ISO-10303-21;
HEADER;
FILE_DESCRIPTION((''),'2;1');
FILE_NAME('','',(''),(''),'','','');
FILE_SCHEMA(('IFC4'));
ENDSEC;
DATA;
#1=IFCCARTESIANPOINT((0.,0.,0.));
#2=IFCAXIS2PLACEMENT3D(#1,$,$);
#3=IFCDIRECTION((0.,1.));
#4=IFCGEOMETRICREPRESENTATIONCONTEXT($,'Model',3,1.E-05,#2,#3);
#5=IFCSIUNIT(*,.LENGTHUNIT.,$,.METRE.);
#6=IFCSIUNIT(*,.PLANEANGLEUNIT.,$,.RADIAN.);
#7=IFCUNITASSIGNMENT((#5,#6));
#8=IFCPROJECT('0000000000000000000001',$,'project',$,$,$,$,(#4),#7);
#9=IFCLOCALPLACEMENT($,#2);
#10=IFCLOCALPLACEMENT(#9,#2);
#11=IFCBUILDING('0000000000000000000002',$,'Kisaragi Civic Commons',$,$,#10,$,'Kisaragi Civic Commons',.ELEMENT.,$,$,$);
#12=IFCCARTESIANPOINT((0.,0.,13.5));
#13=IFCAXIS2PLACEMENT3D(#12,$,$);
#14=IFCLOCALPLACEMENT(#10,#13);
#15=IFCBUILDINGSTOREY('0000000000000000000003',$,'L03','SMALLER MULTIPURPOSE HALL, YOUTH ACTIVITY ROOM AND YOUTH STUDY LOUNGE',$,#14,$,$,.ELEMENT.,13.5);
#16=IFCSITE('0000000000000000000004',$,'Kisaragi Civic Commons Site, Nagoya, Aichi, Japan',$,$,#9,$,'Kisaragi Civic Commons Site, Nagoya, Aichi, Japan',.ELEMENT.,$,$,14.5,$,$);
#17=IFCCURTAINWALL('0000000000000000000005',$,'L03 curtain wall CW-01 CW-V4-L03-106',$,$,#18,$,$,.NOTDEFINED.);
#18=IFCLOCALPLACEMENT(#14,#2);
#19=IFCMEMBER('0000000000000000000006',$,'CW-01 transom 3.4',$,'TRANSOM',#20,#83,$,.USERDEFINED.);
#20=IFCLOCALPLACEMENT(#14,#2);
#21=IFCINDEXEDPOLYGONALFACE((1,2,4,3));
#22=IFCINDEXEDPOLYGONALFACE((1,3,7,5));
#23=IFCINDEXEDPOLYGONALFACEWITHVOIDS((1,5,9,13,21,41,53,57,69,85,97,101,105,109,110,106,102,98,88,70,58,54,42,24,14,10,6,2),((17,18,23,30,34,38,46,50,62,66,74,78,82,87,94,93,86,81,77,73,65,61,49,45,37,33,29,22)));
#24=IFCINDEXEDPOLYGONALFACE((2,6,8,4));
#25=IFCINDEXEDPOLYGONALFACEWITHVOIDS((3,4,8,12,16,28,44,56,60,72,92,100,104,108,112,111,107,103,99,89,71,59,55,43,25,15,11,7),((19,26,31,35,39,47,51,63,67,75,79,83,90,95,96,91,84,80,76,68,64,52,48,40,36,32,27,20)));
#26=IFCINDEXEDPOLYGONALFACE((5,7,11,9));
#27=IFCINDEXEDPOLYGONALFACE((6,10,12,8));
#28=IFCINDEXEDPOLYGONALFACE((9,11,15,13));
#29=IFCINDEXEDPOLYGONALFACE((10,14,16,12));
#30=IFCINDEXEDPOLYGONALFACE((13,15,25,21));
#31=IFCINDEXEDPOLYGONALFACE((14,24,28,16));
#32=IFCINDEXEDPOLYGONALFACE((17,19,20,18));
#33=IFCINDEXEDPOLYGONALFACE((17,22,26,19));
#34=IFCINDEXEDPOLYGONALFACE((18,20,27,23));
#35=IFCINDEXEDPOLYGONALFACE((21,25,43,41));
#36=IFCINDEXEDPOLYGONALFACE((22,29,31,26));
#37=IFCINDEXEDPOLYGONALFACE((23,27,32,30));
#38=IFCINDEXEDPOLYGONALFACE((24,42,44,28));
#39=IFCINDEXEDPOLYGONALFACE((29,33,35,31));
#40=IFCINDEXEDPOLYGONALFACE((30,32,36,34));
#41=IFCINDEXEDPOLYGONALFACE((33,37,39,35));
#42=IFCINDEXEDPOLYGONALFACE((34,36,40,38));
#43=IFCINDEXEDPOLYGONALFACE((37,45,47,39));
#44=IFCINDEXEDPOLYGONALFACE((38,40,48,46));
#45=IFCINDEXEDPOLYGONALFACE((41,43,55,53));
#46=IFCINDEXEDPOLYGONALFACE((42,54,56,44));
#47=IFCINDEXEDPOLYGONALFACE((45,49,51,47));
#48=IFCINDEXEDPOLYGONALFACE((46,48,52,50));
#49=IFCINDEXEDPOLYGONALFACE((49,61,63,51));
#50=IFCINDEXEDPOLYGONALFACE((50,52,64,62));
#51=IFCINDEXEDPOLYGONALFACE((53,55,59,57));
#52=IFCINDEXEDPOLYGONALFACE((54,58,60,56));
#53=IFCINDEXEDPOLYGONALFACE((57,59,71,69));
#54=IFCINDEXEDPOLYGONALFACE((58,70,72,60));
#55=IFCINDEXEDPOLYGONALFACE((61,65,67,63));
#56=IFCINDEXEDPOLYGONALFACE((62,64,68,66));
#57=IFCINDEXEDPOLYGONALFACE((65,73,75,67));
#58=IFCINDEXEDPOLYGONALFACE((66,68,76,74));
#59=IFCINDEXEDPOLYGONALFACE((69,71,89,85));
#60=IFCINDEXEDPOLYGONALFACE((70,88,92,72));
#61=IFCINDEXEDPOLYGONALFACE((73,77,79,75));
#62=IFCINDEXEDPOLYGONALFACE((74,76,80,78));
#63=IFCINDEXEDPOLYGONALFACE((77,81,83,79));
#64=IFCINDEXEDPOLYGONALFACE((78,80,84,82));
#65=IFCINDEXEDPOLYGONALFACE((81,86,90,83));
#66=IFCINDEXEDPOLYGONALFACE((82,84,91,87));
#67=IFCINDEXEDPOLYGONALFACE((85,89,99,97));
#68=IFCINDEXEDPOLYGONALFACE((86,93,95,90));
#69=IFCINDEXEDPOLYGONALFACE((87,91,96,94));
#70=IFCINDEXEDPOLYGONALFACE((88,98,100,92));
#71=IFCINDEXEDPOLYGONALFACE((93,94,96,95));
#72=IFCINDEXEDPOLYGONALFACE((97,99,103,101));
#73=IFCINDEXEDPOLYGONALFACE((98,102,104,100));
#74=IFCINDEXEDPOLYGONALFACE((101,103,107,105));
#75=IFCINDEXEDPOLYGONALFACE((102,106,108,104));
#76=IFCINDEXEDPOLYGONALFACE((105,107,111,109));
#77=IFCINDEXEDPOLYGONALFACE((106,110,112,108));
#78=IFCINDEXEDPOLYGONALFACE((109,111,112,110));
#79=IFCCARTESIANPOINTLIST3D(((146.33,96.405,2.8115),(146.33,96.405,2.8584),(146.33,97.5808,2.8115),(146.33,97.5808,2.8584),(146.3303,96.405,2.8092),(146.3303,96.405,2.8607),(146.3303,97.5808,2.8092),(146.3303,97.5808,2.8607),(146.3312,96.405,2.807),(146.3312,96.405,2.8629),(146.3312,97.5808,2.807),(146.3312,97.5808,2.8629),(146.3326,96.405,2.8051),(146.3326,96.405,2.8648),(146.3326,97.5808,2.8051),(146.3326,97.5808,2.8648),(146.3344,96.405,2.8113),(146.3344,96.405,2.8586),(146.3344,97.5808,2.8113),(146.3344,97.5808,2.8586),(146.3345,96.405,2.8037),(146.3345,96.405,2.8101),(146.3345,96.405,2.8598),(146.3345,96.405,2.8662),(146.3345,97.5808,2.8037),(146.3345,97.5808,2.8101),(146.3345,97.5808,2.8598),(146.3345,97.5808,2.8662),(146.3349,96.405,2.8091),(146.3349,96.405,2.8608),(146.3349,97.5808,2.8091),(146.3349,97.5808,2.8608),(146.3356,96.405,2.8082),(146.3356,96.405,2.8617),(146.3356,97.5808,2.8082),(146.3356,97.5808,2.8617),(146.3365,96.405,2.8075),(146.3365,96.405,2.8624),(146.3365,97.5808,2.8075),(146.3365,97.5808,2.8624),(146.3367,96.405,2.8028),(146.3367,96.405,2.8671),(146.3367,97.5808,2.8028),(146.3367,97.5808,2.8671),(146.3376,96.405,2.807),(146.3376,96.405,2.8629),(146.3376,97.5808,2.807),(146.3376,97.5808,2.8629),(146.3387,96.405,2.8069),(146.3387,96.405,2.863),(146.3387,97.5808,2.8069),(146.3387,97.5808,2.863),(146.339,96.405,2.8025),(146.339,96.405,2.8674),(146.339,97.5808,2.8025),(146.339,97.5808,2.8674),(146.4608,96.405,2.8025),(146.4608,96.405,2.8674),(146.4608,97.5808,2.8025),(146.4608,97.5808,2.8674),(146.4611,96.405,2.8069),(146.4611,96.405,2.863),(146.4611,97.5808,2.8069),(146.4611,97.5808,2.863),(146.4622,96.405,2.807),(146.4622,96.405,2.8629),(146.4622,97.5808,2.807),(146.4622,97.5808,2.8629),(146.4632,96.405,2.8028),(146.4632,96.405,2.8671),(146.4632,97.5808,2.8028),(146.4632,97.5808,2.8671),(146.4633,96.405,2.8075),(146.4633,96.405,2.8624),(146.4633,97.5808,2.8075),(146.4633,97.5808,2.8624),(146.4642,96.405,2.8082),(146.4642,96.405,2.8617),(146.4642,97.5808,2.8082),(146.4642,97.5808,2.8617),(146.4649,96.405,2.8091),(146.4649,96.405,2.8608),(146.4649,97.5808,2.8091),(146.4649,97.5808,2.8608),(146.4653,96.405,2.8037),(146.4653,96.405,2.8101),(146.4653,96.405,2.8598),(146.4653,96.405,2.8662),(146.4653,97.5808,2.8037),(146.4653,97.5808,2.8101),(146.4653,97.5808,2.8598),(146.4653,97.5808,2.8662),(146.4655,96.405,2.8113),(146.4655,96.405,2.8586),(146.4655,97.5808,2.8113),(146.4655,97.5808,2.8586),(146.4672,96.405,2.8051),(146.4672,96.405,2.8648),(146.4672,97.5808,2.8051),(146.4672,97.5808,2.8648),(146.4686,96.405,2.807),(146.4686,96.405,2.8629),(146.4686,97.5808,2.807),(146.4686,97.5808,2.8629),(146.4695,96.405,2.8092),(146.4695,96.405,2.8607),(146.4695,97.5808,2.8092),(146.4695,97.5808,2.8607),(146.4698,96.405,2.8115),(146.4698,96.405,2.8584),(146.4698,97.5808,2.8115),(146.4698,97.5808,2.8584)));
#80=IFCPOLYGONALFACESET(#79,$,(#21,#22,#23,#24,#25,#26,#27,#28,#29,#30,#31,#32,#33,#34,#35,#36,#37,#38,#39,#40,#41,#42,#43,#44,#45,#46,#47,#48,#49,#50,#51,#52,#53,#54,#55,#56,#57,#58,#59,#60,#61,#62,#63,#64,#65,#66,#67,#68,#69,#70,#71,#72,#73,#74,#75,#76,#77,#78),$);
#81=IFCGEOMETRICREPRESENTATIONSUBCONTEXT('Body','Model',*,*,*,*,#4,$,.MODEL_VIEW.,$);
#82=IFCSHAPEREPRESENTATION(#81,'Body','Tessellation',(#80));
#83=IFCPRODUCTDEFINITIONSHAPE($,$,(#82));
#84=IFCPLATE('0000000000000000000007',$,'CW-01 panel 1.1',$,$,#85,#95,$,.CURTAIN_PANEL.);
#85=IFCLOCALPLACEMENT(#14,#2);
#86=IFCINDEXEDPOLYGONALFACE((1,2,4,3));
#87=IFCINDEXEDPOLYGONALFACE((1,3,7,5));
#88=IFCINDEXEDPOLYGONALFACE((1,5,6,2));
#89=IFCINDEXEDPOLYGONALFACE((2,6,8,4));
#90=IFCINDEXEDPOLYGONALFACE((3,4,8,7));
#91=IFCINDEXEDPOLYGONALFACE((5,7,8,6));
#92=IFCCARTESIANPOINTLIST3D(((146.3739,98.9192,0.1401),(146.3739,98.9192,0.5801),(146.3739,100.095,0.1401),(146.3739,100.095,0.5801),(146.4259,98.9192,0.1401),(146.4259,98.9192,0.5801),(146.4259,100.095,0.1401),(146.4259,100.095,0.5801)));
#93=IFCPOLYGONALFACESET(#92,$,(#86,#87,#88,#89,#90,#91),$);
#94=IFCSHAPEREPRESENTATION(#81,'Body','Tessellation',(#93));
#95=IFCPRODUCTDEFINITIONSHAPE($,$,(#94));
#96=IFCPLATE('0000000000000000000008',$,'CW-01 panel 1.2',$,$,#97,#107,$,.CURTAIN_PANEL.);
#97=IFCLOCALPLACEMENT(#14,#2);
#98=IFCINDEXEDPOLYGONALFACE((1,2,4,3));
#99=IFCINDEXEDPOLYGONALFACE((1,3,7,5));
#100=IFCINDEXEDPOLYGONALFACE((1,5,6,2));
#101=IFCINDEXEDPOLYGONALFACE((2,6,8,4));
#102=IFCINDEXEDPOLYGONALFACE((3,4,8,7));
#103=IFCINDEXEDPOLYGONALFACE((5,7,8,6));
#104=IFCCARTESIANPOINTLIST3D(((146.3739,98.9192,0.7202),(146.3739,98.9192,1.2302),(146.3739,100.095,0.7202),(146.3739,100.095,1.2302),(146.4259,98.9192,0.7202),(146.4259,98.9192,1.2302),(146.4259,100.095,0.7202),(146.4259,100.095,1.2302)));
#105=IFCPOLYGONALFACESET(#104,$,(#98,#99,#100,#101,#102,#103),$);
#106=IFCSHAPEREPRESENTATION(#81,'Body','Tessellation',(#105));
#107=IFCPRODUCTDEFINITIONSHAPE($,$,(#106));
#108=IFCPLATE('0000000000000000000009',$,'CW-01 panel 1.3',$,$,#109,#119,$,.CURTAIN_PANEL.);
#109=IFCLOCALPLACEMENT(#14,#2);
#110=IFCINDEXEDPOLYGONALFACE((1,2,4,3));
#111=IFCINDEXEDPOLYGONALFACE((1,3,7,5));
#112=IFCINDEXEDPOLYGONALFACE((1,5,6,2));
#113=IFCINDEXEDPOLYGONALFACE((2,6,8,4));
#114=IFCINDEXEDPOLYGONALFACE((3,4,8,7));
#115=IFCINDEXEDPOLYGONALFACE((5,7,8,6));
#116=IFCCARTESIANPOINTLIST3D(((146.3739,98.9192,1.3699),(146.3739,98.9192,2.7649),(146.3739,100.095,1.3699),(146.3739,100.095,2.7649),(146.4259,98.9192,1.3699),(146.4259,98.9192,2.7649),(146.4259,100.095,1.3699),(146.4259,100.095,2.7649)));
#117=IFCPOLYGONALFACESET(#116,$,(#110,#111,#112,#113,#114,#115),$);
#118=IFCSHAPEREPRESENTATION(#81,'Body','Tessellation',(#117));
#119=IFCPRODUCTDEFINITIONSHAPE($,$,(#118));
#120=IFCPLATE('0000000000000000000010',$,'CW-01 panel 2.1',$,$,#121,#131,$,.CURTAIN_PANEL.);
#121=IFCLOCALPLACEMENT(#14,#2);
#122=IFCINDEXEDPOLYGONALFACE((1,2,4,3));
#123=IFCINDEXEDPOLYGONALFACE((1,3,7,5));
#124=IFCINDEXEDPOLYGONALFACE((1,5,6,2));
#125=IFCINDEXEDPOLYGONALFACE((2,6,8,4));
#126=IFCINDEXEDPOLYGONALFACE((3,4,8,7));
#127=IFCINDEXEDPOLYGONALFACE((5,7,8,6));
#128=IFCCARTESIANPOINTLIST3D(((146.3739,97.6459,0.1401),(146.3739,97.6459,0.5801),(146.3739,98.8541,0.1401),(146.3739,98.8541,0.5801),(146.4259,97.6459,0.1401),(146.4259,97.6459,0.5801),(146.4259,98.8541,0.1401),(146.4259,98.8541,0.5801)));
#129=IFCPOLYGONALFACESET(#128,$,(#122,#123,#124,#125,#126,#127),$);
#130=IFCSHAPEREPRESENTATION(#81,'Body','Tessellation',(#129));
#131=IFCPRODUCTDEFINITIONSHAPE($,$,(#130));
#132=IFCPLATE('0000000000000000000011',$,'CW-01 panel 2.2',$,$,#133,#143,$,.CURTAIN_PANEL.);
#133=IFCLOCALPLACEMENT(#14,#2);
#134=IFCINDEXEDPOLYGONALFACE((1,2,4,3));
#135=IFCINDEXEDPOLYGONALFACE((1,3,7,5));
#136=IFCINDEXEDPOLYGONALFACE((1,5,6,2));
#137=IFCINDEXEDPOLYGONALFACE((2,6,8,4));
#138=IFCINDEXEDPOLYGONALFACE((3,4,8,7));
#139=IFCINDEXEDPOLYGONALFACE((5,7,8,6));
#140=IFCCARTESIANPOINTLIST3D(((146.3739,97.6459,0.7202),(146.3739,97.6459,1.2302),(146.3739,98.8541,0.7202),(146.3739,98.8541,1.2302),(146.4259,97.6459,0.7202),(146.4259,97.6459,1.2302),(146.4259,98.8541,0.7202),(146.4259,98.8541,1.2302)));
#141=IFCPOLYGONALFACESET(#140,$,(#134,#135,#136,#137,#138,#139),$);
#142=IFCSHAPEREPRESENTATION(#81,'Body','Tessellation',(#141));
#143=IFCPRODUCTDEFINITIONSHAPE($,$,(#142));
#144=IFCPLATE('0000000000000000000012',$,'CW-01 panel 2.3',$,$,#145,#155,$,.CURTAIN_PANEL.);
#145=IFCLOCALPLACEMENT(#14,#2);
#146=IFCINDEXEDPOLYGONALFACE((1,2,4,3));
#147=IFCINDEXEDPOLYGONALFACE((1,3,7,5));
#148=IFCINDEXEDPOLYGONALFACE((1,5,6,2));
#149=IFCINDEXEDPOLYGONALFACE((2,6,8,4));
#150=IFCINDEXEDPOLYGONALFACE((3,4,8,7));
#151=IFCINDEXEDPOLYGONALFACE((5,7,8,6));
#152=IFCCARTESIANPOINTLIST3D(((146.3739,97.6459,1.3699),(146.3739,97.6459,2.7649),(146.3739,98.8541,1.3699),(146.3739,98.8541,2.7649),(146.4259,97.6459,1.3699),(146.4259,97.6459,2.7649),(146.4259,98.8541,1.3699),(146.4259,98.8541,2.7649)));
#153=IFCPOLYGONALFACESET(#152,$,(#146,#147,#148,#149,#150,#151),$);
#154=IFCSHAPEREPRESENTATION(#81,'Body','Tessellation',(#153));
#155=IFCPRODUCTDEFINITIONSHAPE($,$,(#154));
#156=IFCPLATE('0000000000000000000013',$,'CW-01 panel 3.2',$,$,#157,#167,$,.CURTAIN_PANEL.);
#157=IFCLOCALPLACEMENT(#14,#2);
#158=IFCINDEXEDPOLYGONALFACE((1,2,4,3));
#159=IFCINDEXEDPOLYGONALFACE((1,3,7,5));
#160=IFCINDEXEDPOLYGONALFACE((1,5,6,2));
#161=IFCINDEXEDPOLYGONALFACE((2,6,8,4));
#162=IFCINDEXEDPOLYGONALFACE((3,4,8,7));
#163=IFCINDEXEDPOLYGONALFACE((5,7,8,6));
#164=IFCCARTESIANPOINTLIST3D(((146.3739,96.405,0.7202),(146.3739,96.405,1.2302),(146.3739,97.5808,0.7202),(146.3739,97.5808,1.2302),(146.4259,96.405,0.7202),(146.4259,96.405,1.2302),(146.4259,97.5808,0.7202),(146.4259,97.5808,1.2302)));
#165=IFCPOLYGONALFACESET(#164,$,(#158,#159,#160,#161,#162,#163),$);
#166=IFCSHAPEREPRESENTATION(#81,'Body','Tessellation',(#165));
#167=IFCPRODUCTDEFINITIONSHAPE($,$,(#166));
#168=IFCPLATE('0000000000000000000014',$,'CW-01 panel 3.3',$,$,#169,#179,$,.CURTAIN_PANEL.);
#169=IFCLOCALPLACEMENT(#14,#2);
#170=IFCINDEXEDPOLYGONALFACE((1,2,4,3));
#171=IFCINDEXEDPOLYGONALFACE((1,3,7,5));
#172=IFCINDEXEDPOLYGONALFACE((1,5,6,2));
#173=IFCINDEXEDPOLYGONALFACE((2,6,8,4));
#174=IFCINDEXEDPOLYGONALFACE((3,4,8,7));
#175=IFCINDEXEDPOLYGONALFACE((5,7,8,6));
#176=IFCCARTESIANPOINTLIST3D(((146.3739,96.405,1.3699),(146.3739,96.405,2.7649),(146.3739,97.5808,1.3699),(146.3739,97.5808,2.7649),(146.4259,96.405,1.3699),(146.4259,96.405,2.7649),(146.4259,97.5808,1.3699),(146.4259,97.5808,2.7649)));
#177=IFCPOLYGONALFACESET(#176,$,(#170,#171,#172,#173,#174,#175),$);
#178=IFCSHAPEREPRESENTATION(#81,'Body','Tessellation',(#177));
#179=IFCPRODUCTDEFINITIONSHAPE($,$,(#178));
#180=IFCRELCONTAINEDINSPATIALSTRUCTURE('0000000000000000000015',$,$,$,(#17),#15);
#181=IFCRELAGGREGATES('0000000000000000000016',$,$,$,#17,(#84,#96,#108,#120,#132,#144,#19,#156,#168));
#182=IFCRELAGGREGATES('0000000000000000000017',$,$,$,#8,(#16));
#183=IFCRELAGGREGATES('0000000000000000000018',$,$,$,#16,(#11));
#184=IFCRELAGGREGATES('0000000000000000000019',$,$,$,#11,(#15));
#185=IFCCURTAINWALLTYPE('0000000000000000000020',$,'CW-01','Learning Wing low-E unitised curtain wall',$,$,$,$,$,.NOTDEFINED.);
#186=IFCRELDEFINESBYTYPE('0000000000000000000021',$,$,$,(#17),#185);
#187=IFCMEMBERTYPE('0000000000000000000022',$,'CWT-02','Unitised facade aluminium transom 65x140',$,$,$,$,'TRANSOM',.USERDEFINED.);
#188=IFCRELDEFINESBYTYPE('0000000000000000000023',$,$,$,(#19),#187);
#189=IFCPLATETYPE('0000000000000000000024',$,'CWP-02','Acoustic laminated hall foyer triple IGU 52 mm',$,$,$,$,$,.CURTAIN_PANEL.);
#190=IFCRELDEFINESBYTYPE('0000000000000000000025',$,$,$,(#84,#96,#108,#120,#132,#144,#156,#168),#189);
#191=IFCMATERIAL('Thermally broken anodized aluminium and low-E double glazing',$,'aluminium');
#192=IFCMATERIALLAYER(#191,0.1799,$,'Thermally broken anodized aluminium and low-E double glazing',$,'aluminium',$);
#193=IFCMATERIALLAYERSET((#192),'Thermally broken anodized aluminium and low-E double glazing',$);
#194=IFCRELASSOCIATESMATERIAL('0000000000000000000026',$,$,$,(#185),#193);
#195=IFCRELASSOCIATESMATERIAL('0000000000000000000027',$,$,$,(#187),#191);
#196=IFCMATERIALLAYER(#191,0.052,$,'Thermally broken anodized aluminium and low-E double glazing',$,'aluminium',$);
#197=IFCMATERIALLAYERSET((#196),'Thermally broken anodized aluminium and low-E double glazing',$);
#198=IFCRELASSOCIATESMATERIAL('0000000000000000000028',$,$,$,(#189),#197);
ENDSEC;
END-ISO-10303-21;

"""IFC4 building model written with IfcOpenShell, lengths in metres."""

from ifc_helpers import new_model, si_unit, direction, frame, origin, origin_2d, place, context, subcontext, project, spatial, rectangle, hollow_rectangle, extrude, material, layer, layer_set, material_profile, profile_set, type_object, element, aggregate, save


model = new_model("IFC4")

# Units and contexts
model_context = context("Model", 3, precision=1e-05, world=origin(), true_north=direction((0.0, 1.0)))
body_context = subcontext(model_context, "Body", "Model", "MODEL_VIEW")
ifc_project = project(units=[si_unit("LENGTHUNIT", "METRE"), si_unit("PLANEANGLEUNIT", "RADIAN")], contexts=[model_context])

# Site, building, storey
site_placement = place(None, origin())
site = spatial("IfcSite", under=ifc_project, at=site_placement, Name="Kisaragi Civic Commons Site, Nagoya, Aichi, Japan", LongName="Kisaragi Civic Commons Site, Nagoya, Aichi, Japan", CompositionType="ELEMENT", RefElevation=14.5)
building_placement = place(site_placement, origin())
building = spatial("IfcBuilding", under=site, at=building_placement, Name="Kisaragi Civic Commons", LongName="Kisaragi Civic Commons", CompositionType="ELEMENT")
storey_placement = place(building_placement, frame((0.0, 0.0, 13.5)))
storey = spatial("IfcBuildingStorey", under=building, at=storey_placement, Name="L03", Description="SMALLER MULTIPURPOSE HALL, YOUTH ACTIVITY ROOM AND YOUTH STUDY LOUNGE", CompositionType="ELEMENT", Elevation=13.5)

# Curtain wall, member, plates
ifc_material = material(Name="Thermally broken anodized aluminium and low-E double glazing", Category="aluminium")
ifc_layer_1 = layer(ifc_material, 0.1799, Name="Thermally broken anodized aluminium and low-E double glazing", Category="aluminium")
ifc_layer_set_1 = layer_set([ifc_layer_1], Name="Thermally broken anodized aluminium and low-E double glazing")
curtain_wall_type = type_object("IfcCurtainWallType", Name="CW-01", Description="Learning Wing low-E unitised curtain wall", PredefinedType="NOTDEFINED", material=ifc_layer_set_1)
curtain_wall_placement = place(storey_placement, origin())
curtain_wall = element("IfcCurtainWall", 1, at=curtain_wall_placement, inside=storey, type_object=curtain_wall_type, Name="L03 curtain wall CW-01 CW-V4-L03-106", PredefinedType="NOTDEFINED")
ifc_material_profile_1 = material_profile(ifc_material, hollow_rectangle(XDim=0.1399, YDim=0.0649, WallThickness=0.0044, InnerFilletRadius=0.0044, OuterFilletRadius=0.009, at=origin_2d()), Name="CWT-65x140x4.5", Category="aluminium")
ifc_profile_set_1 = profile_set([ifc_material_profile_1], Name="Thermally broken anodized aluminium and low-E double glazing")
member_type_1 = type_object("IfcMemberType", Name="CWT-02", Description="Unitised facade aluminium transom 65x140", ElementType="TRANSOM", PredefinedType="USERDEFINED", material=ifc_profile_set_1)
member_1_placement = place(storey_placement, frame((146.3999, 97.5808, 2.835), z_axis=(0.0, -1.0, 0.0), x_axis=(1.0, 0.0, 0.0)))
member_1 = element("IfcMember", 2, at=member_1_placement, type_object=member_type_1, Name="CW-01 transom 3.4", ObjectType="TRANSOM", PredefinedType="USERDEFINED", context=body_context, shape_type="SweptSolid", body=[
    extrude(hollow_rectangle(XDim=0.1399, YDim=0.0649, WallThickness=0.0044, InnerFilletRadius=0.0044, OuterFilletRadius=0.009, at=origin_2d()), origin(), (0.0, 0.0, 1.0), 1.1758),
])
ifc_layer_2 = layer(ifc_material, 0.052, Name="Thermally broken anodized aluminium and low-E double glazing", Category="aluminium")
ifc_layer_set_2 = layer_set([ifc_layer_2], Name="Thermally broken anodized aluminium and low-E double glazing")
plate_type = type_object("IfcPlateType", Name="CWP-02", Description="Acoustic laminated hall foyer triple IGU 52 mm", PredefinedType="CURTAIN_PANEL", material=ifc_layer_set_2)
plate_1_placement = place(storey_placement, frame((146.3999, 99.5071, 0.1401), z_axis=(0.0, 0.0, 1.0), x_axis=(0.0, -1.0, 0.0)))
plate_1 = element("IfcPlate", 3, at=plate_1_placement, type_object=plate_type, Name="CW-01 panel 1.1", PredefinedType="CURTAIN_PANEL", context=body_context, shape_type="SweptSolid", body=[
    extrude(rectangle(XDim=1.1758, YDim=0.052, at=origin_2d()), origin(), (0.0, 0.0, 1.0), 0.4399),
])
plate_2_placement = place(storey_placement, frame((146.3999, 99.5071, 0.7202), z_axis=(0.0, 0.0, 1.0), x_axis=(0.0, -1.0, 0.0)))
plate_2 = element("IfcPlate", 4, at=plate_2_placement, type_object=plate_type, Name="CW-01 panel 1.2", PredefinedType="CURTAIN_PANEL", context=body_context, shape_type="SweptSolid", body=[
    extrude(rectangle(XDim=1.1758, YDim=0.052, at=origin_2d()), origin(), (0.0, 0.0, 1.0), 0.51),
])
plate_3_placement = place(storey_placement, frame((146.3999, 99.5071, 1.3699), z_axis=(0.0, 0.0, 1.0), x_axis=(0.0, -1.0, 0.0)))
plate_3 = element("IfcPlate", 5, at=plate_3_placement, type_object=plate_type, Name="CW-01 panel 1.3", PredefinedType="CURTAIN_PANEL", context=body_context, shape_type="SweptSolid", body=[
    extrude(rectangle(XDim=1.1758, YDim=0.052, at=origin_2d()), origin(), (0.0, 0.0, 1.0), 1.395),
])
plate_4_placement = place(storey_placement, frame((146.3999, 98.25, 0.1401), z_axis=(0.0, 0.0, 1.0), x_axis=(0.0, -1.0, 0.0)))
plate_4 = element("IfcPlate", 6, at=plate_4_placement, type_object=plate_type, Name="CW-01 panel 2.1", PredefinedType="CURTAIN_PANEL", context=body_context, shape_type="SweptSolid", body=[
    extrude(rectangle(XDim=1.2083, YDim=0.052, at=origin_2d()), origin(), (0.0, 0.0, 1.0), 0.4399),
])
plate_5_placement = place(storey_placement, frame((146.3999, 98.25, 0.7202), z_axis=(0.0, 0.0, 1.0), x_axis=(0.0, -1.0, 0.0)))
plate_5 = element("IfcPlate", 7, at=plate_5_placement, type_object=plate_type, Name="CW-01 panel 2.2", PredefinedType="CURTAIN_PANEL", context=body_context, shape_type="SweptSolid", body=[
    extrude(rectangle(XDim=1.2083, YDim=0.052, at=origin_2d()), origin(), (0.0, 0.0, 1.0), 0.51),
])
plate_6_placement = place(storey_placement, frame((146.3999, 98.25, 1.3699), z_axis=(0.0, 0.0, 1.0), x_axis=(0.0, -1.0, 0.0)))
plate_6 = element("IfcPlate", 8, at=plate_6_placement, type_object=plate_type, Name="CW-01 panel 2.3", PredefinedType="CURTAIN_PANEL", context=body_context, shape_type="SweptSolid", body=[
    extrude(rectangle(XDim=1.2083, YDim=0.052, at=origin_2d()), origin(), (0.0, 0.0, 1.0), 1.395),
])
plate_7_placement = place(storey_placement, frame((146.3999, 96.9929, 0.7202), z_axis=(0.0, 0.0, 1.0), x_axis=(0.0, -1.0, 0.0)))
plate_7 = element("IfcPlate", 9, at=plate_7_placement, type_object=plate_type, Name="CW-01 panel 3.2", PredefinedType="CURTAIN_PANEL", context=body_context, shape_type="SweptSolid", body=[
    extrude(rectangle(XDim=1.1758, YDim=0.052, at=origin_2d()), origin(), (0.0, 0.0, 1.0), 0.51),
])
plate_8_placement = place(storey_placement, frame((146.3999, 96.9929, 1.3699), z_axis=(0.0, 0.0, 1.0), x_axis=(0.0, -1.0, 0.0)))
plate_8 = element("IfcPlate", 10, at=plate_8_placement, type_object=plate_type, Name="CW-01 panel 3.3", PredefinedType="CURTAIN_PANEL", context=body_context, shape_type="SweptSolid", body=[
    extrude(rectangle(XDim=1.1758, YDim=0.052, at=origin_2d()), origin(), (0.0, 0.0, 1.0), 1.395),
])
aggregate(curtain_wall, [plate_1, plate_2, plate_3, plate_4, plate_5, plate_6, member_1, plate_7, plate_8])

save(model, "model.ifc")
